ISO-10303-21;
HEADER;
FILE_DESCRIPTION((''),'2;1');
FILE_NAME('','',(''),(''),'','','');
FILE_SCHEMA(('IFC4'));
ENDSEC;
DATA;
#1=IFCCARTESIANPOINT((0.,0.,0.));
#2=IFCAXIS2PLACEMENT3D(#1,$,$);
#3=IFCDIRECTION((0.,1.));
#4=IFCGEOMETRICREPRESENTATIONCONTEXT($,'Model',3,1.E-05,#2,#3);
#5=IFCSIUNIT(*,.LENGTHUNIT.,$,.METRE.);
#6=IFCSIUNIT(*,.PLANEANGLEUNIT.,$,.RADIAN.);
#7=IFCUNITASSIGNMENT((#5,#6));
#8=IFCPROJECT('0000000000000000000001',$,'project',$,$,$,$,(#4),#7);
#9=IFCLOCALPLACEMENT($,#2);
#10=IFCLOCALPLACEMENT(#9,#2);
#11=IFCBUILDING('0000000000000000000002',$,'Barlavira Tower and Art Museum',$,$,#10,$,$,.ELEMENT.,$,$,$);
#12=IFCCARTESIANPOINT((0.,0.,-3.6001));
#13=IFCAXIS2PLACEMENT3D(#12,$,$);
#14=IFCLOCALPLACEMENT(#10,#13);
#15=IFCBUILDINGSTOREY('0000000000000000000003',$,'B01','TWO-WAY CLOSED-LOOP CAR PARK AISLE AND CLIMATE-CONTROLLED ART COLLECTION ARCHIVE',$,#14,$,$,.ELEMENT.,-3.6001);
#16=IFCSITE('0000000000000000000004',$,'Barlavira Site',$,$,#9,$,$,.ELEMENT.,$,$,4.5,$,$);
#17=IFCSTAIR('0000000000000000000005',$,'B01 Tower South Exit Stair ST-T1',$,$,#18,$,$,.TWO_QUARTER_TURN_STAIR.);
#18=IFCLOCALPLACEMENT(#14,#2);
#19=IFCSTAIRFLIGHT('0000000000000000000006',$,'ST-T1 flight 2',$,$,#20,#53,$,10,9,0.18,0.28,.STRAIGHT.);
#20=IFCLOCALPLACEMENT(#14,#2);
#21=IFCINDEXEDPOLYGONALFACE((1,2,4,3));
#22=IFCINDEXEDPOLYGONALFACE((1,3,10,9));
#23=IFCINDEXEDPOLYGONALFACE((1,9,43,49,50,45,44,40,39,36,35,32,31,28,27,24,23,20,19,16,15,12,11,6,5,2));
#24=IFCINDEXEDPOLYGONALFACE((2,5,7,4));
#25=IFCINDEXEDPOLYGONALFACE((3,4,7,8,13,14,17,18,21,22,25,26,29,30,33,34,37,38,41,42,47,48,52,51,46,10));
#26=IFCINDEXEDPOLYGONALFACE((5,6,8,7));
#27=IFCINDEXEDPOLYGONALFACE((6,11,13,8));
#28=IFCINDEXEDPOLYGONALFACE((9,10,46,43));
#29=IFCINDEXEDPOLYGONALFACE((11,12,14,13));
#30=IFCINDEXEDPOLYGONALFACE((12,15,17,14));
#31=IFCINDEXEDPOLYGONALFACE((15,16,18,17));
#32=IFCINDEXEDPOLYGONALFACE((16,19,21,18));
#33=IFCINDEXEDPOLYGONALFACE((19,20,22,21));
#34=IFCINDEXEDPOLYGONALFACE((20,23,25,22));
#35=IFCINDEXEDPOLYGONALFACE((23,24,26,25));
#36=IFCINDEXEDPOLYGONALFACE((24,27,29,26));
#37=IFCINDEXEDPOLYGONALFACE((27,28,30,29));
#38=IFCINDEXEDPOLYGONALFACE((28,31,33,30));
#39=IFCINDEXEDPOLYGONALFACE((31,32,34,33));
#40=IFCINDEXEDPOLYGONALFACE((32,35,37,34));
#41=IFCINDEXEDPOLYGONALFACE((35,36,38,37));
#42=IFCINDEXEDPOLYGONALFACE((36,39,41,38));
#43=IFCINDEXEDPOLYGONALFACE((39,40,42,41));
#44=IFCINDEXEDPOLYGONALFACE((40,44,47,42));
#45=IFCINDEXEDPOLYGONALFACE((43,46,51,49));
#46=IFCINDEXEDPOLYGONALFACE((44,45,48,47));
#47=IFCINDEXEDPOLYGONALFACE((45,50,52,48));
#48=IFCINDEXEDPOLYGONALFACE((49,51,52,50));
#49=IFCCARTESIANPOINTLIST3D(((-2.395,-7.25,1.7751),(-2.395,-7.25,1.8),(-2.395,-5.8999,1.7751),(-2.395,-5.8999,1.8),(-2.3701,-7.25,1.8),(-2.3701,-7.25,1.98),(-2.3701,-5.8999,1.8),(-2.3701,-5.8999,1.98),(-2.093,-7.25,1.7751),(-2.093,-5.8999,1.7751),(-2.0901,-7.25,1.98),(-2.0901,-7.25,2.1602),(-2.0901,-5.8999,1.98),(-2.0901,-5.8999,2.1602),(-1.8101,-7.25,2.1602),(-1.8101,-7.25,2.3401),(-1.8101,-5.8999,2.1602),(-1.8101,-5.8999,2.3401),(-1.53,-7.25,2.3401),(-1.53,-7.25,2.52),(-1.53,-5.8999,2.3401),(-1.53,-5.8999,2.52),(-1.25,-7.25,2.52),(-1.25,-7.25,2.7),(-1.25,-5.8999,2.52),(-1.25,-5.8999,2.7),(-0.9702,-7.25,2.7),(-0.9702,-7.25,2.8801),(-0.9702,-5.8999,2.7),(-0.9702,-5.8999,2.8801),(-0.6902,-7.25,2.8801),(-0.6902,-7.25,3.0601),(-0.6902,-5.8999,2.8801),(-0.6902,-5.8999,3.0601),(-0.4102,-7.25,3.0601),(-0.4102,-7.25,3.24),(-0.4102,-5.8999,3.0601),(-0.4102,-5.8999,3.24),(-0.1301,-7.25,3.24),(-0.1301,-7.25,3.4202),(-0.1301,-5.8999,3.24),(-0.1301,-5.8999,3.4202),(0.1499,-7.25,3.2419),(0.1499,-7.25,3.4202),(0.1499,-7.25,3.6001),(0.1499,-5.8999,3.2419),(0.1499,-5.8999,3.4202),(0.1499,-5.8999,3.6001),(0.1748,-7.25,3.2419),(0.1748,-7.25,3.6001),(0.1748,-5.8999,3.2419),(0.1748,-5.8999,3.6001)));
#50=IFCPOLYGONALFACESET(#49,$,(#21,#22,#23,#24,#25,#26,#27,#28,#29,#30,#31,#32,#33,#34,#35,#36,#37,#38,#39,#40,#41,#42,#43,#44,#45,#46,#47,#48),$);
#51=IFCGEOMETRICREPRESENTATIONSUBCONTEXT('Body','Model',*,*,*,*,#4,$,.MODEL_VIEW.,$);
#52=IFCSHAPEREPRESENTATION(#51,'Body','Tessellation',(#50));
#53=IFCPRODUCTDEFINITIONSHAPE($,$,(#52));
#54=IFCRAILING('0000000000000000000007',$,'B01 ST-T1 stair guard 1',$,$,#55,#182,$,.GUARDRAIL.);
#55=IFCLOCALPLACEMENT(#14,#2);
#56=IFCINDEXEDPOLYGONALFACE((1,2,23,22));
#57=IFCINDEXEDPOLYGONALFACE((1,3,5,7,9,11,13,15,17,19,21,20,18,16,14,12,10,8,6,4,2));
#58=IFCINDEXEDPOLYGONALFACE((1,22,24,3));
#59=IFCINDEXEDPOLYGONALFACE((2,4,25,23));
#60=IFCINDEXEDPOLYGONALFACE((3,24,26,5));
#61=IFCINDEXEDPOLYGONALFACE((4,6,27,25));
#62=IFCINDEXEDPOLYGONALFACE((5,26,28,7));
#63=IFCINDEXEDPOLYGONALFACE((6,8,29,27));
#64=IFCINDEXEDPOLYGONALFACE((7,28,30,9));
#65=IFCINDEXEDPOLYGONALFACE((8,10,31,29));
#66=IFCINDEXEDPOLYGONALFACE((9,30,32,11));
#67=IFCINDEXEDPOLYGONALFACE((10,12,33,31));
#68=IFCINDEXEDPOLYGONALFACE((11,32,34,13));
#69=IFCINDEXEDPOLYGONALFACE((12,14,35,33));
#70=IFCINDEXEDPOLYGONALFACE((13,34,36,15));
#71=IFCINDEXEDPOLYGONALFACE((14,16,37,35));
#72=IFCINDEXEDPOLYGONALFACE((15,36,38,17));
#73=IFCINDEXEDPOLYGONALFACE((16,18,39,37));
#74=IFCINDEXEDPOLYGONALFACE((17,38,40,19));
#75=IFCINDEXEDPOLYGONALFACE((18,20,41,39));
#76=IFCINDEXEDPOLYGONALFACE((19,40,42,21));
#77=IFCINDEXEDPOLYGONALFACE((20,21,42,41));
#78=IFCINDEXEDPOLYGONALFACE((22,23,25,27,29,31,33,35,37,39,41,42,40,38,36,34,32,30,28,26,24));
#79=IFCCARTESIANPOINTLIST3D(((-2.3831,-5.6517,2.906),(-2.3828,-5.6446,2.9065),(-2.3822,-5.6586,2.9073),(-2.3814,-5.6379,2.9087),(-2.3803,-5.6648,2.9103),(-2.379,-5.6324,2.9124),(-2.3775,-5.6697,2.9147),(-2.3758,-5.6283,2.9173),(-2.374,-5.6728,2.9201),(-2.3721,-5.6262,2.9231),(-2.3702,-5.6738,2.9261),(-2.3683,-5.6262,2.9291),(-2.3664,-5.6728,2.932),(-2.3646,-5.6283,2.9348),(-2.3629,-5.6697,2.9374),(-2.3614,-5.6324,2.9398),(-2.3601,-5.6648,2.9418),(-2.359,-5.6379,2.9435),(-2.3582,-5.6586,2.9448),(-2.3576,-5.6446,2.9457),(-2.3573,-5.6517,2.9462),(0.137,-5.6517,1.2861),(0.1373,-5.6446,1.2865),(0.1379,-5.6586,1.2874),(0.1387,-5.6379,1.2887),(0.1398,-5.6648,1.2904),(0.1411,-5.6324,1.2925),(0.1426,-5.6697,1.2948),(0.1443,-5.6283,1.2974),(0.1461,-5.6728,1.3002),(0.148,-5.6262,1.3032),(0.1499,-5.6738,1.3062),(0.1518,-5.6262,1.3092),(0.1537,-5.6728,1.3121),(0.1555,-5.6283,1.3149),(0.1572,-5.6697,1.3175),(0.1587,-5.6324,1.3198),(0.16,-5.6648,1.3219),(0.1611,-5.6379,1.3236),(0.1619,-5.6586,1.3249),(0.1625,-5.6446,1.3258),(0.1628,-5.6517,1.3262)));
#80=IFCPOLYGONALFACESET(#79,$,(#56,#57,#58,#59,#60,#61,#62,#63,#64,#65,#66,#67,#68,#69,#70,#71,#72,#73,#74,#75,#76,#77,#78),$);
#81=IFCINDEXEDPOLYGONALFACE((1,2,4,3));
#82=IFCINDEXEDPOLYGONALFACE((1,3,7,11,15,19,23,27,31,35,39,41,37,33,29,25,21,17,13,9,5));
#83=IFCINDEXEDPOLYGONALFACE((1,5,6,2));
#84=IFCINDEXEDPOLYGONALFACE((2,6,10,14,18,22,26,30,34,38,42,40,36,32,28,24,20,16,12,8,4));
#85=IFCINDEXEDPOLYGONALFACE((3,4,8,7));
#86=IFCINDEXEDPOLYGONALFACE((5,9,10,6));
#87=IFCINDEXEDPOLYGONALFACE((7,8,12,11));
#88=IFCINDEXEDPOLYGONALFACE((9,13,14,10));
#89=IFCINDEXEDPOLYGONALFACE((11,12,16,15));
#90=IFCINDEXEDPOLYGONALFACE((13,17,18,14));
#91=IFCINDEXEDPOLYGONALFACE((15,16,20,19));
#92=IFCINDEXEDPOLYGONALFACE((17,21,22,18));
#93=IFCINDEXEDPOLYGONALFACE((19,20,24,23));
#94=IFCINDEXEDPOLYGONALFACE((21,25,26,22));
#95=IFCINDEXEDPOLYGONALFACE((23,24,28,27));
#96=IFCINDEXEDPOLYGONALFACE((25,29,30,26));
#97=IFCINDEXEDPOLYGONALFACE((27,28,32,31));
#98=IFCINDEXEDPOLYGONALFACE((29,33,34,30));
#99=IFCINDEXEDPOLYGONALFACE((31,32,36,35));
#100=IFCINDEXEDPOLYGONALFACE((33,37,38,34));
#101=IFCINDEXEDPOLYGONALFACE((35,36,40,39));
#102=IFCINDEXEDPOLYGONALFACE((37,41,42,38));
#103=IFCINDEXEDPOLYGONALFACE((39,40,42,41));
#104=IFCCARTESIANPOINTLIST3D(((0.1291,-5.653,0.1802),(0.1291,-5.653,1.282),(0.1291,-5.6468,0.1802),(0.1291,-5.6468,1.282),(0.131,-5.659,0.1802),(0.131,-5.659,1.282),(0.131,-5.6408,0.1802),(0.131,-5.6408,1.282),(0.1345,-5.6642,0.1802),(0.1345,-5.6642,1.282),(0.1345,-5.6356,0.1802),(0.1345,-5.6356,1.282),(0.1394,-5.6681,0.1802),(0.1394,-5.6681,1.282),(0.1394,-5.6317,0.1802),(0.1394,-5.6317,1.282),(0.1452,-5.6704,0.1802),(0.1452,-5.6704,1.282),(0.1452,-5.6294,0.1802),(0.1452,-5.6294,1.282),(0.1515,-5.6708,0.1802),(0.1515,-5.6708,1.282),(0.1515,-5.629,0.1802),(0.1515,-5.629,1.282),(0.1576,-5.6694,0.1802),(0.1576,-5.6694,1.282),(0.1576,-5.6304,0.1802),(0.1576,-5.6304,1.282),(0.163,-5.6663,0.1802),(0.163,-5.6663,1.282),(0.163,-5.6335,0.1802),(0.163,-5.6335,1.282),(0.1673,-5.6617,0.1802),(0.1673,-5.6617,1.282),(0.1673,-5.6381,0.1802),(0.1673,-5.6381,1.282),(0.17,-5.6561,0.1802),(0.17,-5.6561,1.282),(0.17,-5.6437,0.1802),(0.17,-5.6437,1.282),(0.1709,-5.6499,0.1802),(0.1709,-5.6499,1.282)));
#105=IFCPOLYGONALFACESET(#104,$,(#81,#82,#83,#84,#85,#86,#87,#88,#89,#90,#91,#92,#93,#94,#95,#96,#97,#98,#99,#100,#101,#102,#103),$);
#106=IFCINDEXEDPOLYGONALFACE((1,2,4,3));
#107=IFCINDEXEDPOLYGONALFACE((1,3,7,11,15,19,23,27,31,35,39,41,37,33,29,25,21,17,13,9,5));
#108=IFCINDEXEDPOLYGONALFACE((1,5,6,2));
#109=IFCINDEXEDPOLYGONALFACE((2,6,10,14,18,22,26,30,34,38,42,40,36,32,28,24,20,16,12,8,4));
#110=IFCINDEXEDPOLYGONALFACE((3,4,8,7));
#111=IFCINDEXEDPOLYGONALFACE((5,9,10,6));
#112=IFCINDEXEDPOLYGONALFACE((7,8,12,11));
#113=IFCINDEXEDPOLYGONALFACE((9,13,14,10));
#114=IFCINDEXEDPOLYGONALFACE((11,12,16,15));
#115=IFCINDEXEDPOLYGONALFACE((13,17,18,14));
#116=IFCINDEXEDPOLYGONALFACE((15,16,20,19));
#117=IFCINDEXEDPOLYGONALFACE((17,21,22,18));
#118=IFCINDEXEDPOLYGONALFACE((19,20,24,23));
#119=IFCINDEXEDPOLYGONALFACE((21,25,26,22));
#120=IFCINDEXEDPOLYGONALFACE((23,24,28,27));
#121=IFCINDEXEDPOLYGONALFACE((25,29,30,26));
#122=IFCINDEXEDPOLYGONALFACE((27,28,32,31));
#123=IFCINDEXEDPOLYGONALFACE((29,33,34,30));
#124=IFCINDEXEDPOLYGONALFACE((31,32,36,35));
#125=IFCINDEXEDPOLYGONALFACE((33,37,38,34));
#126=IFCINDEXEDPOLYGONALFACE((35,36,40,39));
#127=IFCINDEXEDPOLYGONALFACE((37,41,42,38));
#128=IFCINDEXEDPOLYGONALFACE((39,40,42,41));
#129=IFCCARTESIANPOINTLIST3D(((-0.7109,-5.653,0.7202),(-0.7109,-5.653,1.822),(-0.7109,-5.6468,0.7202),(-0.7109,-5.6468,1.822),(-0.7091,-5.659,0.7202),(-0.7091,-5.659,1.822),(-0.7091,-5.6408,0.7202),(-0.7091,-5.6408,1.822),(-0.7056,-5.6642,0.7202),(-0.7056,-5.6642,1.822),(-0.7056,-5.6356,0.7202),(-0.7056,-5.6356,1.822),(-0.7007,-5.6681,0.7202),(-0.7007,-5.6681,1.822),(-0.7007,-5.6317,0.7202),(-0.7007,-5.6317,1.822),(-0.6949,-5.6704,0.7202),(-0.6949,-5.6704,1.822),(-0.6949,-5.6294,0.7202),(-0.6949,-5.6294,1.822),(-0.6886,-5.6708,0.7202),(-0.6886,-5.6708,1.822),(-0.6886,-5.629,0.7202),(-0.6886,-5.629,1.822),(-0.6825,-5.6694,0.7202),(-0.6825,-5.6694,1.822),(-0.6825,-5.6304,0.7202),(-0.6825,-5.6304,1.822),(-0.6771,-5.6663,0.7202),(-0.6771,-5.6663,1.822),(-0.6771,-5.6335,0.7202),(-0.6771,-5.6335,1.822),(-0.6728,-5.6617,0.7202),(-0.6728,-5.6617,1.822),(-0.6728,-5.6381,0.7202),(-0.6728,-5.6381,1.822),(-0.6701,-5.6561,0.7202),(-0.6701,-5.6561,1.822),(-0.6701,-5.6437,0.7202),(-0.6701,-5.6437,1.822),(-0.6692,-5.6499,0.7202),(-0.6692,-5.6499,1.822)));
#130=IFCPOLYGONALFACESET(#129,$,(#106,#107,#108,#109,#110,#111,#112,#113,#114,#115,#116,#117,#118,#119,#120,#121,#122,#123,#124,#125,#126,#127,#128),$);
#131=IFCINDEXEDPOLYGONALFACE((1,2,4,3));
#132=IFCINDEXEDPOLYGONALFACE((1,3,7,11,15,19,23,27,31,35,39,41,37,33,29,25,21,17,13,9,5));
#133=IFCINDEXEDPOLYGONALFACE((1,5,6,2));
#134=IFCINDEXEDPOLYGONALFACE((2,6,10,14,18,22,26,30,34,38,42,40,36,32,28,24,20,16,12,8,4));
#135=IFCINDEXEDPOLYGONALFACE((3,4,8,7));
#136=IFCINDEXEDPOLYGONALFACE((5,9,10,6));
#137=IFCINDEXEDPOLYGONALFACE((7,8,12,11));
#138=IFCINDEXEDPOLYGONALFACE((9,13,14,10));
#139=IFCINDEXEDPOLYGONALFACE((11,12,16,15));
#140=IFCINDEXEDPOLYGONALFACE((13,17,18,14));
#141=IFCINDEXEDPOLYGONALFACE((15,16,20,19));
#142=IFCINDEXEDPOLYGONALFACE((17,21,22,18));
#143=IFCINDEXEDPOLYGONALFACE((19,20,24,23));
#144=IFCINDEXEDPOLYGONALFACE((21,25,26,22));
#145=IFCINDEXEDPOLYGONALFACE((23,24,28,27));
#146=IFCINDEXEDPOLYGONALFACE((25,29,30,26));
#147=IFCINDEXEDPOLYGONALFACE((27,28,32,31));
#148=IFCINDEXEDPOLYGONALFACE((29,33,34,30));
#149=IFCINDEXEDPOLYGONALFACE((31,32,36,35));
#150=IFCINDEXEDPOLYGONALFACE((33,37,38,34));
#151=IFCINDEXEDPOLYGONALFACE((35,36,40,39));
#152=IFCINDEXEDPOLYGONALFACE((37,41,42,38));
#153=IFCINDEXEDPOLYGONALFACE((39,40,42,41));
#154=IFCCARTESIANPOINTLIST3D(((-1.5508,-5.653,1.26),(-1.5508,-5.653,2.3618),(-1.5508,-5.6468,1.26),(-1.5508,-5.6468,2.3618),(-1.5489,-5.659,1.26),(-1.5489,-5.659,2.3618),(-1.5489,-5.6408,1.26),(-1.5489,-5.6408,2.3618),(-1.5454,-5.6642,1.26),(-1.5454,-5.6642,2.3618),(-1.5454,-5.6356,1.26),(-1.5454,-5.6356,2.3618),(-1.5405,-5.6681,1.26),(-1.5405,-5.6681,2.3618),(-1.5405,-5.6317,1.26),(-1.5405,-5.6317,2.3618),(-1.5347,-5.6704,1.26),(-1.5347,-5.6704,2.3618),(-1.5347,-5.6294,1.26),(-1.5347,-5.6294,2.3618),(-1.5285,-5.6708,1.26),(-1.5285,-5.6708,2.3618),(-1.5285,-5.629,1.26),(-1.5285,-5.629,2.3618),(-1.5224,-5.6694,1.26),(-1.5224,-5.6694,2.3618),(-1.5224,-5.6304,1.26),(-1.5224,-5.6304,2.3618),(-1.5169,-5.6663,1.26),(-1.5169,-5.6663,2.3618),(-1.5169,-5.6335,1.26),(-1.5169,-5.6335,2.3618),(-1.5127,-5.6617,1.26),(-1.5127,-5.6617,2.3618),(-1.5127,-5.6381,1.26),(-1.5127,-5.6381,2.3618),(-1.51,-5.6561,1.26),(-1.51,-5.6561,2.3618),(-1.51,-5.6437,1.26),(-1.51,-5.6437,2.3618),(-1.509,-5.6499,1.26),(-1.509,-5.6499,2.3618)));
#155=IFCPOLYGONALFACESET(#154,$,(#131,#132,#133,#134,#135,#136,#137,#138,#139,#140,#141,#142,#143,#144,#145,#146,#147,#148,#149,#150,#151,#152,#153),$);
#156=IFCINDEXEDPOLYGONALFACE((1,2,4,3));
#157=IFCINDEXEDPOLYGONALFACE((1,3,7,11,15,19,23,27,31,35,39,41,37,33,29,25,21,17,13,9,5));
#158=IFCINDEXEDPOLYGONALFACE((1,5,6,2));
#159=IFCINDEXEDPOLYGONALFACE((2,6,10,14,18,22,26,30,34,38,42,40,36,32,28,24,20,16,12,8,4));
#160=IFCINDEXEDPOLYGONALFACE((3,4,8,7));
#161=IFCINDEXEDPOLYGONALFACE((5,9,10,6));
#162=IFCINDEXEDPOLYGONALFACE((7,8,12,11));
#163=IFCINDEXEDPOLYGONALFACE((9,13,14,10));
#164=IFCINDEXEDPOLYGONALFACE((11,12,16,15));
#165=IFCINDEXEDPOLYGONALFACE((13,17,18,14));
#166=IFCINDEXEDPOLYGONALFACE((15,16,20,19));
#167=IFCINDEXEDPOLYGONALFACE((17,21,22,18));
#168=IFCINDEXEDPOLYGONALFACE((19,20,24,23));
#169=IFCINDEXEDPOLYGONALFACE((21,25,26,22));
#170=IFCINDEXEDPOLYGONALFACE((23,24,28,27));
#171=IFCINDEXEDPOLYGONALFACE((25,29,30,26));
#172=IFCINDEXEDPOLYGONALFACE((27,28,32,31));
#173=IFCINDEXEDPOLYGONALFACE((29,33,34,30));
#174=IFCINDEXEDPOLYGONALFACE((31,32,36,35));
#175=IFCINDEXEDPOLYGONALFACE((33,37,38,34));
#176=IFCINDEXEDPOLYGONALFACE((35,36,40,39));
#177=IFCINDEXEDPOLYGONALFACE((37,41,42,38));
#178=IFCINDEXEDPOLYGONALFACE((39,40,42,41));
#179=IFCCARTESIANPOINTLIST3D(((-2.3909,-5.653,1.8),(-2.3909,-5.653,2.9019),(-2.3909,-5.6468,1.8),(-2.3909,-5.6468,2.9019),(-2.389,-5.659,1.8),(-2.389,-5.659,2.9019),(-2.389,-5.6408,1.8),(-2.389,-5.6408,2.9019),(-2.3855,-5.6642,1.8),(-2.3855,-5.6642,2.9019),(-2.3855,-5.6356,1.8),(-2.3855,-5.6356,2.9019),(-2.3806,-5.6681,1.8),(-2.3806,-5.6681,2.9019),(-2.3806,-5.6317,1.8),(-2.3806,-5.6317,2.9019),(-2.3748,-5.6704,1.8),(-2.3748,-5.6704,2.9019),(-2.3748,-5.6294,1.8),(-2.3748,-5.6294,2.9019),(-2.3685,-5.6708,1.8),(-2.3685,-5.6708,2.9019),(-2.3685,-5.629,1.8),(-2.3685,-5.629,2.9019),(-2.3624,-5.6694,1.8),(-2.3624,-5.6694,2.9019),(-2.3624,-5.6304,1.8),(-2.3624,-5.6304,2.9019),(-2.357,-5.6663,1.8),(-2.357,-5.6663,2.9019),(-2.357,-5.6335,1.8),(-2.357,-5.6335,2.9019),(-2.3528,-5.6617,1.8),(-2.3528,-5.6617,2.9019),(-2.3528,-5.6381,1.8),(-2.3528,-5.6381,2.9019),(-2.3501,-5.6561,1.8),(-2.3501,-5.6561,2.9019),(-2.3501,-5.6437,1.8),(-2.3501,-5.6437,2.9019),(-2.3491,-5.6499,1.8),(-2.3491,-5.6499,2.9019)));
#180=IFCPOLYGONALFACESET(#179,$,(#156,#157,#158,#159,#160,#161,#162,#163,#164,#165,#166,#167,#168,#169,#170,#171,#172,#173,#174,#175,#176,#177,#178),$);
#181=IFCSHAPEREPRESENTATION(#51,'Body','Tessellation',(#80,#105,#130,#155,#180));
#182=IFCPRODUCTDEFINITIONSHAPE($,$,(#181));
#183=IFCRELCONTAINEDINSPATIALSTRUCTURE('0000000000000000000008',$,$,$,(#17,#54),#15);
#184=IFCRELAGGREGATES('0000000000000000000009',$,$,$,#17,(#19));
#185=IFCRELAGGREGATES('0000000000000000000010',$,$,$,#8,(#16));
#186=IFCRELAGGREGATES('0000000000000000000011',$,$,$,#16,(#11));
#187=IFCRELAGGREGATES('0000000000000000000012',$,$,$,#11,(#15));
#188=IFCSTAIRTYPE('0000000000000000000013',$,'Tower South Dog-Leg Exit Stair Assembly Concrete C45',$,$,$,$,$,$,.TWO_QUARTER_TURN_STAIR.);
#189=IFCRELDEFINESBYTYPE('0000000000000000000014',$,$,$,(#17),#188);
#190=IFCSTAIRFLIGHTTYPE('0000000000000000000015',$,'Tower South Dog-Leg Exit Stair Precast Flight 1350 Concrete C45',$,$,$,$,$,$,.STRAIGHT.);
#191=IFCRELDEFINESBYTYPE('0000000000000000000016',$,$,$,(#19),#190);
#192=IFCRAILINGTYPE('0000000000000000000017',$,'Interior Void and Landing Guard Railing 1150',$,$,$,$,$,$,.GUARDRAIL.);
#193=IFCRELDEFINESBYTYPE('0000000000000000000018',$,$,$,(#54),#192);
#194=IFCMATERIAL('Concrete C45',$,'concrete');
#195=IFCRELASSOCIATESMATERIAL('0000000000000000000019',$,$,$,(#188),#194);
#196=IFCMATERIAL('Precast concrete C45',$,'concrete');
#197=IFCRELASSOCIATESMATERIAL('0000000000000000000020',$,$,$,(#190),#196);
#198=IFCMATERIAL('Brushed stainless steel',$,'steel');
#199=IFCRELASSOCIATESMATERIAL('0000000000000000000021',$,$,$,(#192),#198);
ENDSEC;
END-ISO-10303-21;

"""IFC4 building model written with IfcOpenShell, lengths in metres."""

from ifc_helpers import new_model, si_unit, direction, frame, origin, origin_2d, place, context, subcontext, project, spatial, polyline, circle, outline, extrude, material, type_object, element, aggregate, save


model = new_model("IFC4")

# Units and contexts
model_context = context("Model", 3, precision=1e-05, world=origin(), true_north=direction((0.0, 1.0)))
body_context = subcontext(model_context, "Body", "Model", "MODEL_VIEW")
ifc_project = project(units=[si_unit("LENGTHUNIT", "METRE"), si_unit("PLANEANGLEUNIT", "RADIAN")], contexts=[model_context])

# Site, building, storey
site_placement = place(None, origin())
site = spatial("IfcSite", under=ifc_project, at=site_placement, Name="Barlavira Site", CompositionType="ELEMENT", RefElevation=4.5)
building_placement = place(site_placement, origin())
building = spatial("IfcBuilding", under=site, at=building_placement, Name="Barlavira Tower and Art Museum", CompositionType="ELEMENT")
storey_placement = place(building_placement, frame((0.0, 0.0, -3.6001)))
storey = spatial("IfcBuildingStorey", under=building, at=storey_placement, Name="B01", Description="TWO-WAY CLOSED-LOOP CAR PARK AISLE AND CLIMATE-CONTROLLED ART COLLECTION ARCHIVE", CompositionType="ELEMENT", Elevation=-3.6001)

# Shared definitions
ifc_material_1 = material(Name="Brushed stainless steel", Category="steel")

# Stair, stair flight
ifc_material_2 = material(Name="Concrete C45", Category="concrete")
stair_type = type_object("IfcStairType", Name="Tower South Dog-Leg Exit Stair Assembly Concrete C45", PredefinedType="TWO_QUARTER_TURN_STAIR", material=ifc_material_2)
stair_placement = place(storey_placement, origin())
stair = element("IfcStair", 1, at=stair_placement, inside=storey, type_object=stair_type, Name="B01 Tower South Exit Stair ST-T1", PredefinedType="TWO_QUARTER_TURN_STAIR")
ifc_material_3 = material(Name="Precast concrete C45", Category="concrete")
stair_flight_type = type_object("IfcStairFlightType", Name="Tower South Dog-Leg Exit Stair Precast Flight 1350 Concrete C45", PredefinedType="STRAIGHT", material=ifc_material_3)
stair_flight_1_placement = place(storey_placement, frame((-2.3701, -6.575, 1.8), z_axis=(0.0, 0.0, 1.0), x_axis=(1.0, 0.0, 0.0)))
stair_flight_1 = element("IfcStairFlight", 2, at=stair_flight_1_placement, type_object=stair_flight_type, Name="ST-T1 flight 2", NumberOfRisers=10, NumberOfTreads=9, PredefinedType="STRAIGHT", RiserHeight=0.18, TreadLength=0.28, context=body_context, shape_type="SweptSolid", body=[
    extrude(outline(polyline([(-0.0249, 0.0), (0.0, 0.0), (0.0, 0.1799), (0.28, 0.1799), (0.28, 0.3601), (0.5601, 0.3601), (0.5601, 0.54), (0.8401, 0.54), (0.8401, 0.72), (1.1201, 0.72), (1.1201, 0.8999), (1.3999, 0.8999), (1.3999, 1.0801), (1.6799, 1.0801), (1.6799, 1.26), (1.96, 1.26), (1.96, 1.4399), (2.24, 1.4399), (2.24, 1.6201), (2.52, 1.6201), (2.52, 1.8), (2.5449, 1.8), (2.5449, 1.4419), (2.52, 1.4419), (0.2771, -0.0249), (-0.0249, -0.0249), (-0.0249, 0.0)])), frame((0.0, 0.675, 0.0), z_axis=(0.0, -1.0, 0.0), x_axis=(1.0, 0.0, 0.0)), (0.0, 0.0, 1.0), 1.3501),
])
aggregate(stair, [stair_flight_1])

# Railing
railing_type_1 = type_object("IfcRailingType", Name="Interior Void and Landing Guard Railing 1150", PredefinedType="GUARDRAIL", material=ifc_material_1)
railing_1_placement = place(storey_placement, frame((0.1499, -5.6499, 0.1802)))
element("IfcRailing", 3, at=railing_1_placement, inside=storey, type_object=railing_type_1, Name="B01 ST-T1 stair guard 1", PredefinedType="GUARDRAIL", context=body_context, shape_type="SweptSolid", body=[
    extrude(circle(Radius=0.0239, at=origin_2d()), frame((0.0, 0.0, 1.126), z_axis=(-0.8412, 0.0, 0.540725), x_axis=(0.0, -1.0, 0.0)), (0.0, 0.0, 1.0), 2.9958),
    extrude(circle(Radius=0.021, at=origin_2d()), origin(), (0.0, 0.0, 1.0), 1.1018),
    extrude(circle(Radius=0.021, at=origin_2d()), frame((-0.8401, 0.0, 0.54)), (0.0, 0.0, 1.0), 1.1018),
    extrude(circle(Radius=0.021, at=origin_2d()), frame((-1.6799, 0.0, 1.0798)), (0.0, 0.0, 1.0), 1.1018),
    extrude(circle(Radius=0.021, at=origin_2d()), frame((-2.52, 0.0, 1.6199)), (0.0, 0.0, 1.0), 1.1018),
])

save(model, "model.ifc")
